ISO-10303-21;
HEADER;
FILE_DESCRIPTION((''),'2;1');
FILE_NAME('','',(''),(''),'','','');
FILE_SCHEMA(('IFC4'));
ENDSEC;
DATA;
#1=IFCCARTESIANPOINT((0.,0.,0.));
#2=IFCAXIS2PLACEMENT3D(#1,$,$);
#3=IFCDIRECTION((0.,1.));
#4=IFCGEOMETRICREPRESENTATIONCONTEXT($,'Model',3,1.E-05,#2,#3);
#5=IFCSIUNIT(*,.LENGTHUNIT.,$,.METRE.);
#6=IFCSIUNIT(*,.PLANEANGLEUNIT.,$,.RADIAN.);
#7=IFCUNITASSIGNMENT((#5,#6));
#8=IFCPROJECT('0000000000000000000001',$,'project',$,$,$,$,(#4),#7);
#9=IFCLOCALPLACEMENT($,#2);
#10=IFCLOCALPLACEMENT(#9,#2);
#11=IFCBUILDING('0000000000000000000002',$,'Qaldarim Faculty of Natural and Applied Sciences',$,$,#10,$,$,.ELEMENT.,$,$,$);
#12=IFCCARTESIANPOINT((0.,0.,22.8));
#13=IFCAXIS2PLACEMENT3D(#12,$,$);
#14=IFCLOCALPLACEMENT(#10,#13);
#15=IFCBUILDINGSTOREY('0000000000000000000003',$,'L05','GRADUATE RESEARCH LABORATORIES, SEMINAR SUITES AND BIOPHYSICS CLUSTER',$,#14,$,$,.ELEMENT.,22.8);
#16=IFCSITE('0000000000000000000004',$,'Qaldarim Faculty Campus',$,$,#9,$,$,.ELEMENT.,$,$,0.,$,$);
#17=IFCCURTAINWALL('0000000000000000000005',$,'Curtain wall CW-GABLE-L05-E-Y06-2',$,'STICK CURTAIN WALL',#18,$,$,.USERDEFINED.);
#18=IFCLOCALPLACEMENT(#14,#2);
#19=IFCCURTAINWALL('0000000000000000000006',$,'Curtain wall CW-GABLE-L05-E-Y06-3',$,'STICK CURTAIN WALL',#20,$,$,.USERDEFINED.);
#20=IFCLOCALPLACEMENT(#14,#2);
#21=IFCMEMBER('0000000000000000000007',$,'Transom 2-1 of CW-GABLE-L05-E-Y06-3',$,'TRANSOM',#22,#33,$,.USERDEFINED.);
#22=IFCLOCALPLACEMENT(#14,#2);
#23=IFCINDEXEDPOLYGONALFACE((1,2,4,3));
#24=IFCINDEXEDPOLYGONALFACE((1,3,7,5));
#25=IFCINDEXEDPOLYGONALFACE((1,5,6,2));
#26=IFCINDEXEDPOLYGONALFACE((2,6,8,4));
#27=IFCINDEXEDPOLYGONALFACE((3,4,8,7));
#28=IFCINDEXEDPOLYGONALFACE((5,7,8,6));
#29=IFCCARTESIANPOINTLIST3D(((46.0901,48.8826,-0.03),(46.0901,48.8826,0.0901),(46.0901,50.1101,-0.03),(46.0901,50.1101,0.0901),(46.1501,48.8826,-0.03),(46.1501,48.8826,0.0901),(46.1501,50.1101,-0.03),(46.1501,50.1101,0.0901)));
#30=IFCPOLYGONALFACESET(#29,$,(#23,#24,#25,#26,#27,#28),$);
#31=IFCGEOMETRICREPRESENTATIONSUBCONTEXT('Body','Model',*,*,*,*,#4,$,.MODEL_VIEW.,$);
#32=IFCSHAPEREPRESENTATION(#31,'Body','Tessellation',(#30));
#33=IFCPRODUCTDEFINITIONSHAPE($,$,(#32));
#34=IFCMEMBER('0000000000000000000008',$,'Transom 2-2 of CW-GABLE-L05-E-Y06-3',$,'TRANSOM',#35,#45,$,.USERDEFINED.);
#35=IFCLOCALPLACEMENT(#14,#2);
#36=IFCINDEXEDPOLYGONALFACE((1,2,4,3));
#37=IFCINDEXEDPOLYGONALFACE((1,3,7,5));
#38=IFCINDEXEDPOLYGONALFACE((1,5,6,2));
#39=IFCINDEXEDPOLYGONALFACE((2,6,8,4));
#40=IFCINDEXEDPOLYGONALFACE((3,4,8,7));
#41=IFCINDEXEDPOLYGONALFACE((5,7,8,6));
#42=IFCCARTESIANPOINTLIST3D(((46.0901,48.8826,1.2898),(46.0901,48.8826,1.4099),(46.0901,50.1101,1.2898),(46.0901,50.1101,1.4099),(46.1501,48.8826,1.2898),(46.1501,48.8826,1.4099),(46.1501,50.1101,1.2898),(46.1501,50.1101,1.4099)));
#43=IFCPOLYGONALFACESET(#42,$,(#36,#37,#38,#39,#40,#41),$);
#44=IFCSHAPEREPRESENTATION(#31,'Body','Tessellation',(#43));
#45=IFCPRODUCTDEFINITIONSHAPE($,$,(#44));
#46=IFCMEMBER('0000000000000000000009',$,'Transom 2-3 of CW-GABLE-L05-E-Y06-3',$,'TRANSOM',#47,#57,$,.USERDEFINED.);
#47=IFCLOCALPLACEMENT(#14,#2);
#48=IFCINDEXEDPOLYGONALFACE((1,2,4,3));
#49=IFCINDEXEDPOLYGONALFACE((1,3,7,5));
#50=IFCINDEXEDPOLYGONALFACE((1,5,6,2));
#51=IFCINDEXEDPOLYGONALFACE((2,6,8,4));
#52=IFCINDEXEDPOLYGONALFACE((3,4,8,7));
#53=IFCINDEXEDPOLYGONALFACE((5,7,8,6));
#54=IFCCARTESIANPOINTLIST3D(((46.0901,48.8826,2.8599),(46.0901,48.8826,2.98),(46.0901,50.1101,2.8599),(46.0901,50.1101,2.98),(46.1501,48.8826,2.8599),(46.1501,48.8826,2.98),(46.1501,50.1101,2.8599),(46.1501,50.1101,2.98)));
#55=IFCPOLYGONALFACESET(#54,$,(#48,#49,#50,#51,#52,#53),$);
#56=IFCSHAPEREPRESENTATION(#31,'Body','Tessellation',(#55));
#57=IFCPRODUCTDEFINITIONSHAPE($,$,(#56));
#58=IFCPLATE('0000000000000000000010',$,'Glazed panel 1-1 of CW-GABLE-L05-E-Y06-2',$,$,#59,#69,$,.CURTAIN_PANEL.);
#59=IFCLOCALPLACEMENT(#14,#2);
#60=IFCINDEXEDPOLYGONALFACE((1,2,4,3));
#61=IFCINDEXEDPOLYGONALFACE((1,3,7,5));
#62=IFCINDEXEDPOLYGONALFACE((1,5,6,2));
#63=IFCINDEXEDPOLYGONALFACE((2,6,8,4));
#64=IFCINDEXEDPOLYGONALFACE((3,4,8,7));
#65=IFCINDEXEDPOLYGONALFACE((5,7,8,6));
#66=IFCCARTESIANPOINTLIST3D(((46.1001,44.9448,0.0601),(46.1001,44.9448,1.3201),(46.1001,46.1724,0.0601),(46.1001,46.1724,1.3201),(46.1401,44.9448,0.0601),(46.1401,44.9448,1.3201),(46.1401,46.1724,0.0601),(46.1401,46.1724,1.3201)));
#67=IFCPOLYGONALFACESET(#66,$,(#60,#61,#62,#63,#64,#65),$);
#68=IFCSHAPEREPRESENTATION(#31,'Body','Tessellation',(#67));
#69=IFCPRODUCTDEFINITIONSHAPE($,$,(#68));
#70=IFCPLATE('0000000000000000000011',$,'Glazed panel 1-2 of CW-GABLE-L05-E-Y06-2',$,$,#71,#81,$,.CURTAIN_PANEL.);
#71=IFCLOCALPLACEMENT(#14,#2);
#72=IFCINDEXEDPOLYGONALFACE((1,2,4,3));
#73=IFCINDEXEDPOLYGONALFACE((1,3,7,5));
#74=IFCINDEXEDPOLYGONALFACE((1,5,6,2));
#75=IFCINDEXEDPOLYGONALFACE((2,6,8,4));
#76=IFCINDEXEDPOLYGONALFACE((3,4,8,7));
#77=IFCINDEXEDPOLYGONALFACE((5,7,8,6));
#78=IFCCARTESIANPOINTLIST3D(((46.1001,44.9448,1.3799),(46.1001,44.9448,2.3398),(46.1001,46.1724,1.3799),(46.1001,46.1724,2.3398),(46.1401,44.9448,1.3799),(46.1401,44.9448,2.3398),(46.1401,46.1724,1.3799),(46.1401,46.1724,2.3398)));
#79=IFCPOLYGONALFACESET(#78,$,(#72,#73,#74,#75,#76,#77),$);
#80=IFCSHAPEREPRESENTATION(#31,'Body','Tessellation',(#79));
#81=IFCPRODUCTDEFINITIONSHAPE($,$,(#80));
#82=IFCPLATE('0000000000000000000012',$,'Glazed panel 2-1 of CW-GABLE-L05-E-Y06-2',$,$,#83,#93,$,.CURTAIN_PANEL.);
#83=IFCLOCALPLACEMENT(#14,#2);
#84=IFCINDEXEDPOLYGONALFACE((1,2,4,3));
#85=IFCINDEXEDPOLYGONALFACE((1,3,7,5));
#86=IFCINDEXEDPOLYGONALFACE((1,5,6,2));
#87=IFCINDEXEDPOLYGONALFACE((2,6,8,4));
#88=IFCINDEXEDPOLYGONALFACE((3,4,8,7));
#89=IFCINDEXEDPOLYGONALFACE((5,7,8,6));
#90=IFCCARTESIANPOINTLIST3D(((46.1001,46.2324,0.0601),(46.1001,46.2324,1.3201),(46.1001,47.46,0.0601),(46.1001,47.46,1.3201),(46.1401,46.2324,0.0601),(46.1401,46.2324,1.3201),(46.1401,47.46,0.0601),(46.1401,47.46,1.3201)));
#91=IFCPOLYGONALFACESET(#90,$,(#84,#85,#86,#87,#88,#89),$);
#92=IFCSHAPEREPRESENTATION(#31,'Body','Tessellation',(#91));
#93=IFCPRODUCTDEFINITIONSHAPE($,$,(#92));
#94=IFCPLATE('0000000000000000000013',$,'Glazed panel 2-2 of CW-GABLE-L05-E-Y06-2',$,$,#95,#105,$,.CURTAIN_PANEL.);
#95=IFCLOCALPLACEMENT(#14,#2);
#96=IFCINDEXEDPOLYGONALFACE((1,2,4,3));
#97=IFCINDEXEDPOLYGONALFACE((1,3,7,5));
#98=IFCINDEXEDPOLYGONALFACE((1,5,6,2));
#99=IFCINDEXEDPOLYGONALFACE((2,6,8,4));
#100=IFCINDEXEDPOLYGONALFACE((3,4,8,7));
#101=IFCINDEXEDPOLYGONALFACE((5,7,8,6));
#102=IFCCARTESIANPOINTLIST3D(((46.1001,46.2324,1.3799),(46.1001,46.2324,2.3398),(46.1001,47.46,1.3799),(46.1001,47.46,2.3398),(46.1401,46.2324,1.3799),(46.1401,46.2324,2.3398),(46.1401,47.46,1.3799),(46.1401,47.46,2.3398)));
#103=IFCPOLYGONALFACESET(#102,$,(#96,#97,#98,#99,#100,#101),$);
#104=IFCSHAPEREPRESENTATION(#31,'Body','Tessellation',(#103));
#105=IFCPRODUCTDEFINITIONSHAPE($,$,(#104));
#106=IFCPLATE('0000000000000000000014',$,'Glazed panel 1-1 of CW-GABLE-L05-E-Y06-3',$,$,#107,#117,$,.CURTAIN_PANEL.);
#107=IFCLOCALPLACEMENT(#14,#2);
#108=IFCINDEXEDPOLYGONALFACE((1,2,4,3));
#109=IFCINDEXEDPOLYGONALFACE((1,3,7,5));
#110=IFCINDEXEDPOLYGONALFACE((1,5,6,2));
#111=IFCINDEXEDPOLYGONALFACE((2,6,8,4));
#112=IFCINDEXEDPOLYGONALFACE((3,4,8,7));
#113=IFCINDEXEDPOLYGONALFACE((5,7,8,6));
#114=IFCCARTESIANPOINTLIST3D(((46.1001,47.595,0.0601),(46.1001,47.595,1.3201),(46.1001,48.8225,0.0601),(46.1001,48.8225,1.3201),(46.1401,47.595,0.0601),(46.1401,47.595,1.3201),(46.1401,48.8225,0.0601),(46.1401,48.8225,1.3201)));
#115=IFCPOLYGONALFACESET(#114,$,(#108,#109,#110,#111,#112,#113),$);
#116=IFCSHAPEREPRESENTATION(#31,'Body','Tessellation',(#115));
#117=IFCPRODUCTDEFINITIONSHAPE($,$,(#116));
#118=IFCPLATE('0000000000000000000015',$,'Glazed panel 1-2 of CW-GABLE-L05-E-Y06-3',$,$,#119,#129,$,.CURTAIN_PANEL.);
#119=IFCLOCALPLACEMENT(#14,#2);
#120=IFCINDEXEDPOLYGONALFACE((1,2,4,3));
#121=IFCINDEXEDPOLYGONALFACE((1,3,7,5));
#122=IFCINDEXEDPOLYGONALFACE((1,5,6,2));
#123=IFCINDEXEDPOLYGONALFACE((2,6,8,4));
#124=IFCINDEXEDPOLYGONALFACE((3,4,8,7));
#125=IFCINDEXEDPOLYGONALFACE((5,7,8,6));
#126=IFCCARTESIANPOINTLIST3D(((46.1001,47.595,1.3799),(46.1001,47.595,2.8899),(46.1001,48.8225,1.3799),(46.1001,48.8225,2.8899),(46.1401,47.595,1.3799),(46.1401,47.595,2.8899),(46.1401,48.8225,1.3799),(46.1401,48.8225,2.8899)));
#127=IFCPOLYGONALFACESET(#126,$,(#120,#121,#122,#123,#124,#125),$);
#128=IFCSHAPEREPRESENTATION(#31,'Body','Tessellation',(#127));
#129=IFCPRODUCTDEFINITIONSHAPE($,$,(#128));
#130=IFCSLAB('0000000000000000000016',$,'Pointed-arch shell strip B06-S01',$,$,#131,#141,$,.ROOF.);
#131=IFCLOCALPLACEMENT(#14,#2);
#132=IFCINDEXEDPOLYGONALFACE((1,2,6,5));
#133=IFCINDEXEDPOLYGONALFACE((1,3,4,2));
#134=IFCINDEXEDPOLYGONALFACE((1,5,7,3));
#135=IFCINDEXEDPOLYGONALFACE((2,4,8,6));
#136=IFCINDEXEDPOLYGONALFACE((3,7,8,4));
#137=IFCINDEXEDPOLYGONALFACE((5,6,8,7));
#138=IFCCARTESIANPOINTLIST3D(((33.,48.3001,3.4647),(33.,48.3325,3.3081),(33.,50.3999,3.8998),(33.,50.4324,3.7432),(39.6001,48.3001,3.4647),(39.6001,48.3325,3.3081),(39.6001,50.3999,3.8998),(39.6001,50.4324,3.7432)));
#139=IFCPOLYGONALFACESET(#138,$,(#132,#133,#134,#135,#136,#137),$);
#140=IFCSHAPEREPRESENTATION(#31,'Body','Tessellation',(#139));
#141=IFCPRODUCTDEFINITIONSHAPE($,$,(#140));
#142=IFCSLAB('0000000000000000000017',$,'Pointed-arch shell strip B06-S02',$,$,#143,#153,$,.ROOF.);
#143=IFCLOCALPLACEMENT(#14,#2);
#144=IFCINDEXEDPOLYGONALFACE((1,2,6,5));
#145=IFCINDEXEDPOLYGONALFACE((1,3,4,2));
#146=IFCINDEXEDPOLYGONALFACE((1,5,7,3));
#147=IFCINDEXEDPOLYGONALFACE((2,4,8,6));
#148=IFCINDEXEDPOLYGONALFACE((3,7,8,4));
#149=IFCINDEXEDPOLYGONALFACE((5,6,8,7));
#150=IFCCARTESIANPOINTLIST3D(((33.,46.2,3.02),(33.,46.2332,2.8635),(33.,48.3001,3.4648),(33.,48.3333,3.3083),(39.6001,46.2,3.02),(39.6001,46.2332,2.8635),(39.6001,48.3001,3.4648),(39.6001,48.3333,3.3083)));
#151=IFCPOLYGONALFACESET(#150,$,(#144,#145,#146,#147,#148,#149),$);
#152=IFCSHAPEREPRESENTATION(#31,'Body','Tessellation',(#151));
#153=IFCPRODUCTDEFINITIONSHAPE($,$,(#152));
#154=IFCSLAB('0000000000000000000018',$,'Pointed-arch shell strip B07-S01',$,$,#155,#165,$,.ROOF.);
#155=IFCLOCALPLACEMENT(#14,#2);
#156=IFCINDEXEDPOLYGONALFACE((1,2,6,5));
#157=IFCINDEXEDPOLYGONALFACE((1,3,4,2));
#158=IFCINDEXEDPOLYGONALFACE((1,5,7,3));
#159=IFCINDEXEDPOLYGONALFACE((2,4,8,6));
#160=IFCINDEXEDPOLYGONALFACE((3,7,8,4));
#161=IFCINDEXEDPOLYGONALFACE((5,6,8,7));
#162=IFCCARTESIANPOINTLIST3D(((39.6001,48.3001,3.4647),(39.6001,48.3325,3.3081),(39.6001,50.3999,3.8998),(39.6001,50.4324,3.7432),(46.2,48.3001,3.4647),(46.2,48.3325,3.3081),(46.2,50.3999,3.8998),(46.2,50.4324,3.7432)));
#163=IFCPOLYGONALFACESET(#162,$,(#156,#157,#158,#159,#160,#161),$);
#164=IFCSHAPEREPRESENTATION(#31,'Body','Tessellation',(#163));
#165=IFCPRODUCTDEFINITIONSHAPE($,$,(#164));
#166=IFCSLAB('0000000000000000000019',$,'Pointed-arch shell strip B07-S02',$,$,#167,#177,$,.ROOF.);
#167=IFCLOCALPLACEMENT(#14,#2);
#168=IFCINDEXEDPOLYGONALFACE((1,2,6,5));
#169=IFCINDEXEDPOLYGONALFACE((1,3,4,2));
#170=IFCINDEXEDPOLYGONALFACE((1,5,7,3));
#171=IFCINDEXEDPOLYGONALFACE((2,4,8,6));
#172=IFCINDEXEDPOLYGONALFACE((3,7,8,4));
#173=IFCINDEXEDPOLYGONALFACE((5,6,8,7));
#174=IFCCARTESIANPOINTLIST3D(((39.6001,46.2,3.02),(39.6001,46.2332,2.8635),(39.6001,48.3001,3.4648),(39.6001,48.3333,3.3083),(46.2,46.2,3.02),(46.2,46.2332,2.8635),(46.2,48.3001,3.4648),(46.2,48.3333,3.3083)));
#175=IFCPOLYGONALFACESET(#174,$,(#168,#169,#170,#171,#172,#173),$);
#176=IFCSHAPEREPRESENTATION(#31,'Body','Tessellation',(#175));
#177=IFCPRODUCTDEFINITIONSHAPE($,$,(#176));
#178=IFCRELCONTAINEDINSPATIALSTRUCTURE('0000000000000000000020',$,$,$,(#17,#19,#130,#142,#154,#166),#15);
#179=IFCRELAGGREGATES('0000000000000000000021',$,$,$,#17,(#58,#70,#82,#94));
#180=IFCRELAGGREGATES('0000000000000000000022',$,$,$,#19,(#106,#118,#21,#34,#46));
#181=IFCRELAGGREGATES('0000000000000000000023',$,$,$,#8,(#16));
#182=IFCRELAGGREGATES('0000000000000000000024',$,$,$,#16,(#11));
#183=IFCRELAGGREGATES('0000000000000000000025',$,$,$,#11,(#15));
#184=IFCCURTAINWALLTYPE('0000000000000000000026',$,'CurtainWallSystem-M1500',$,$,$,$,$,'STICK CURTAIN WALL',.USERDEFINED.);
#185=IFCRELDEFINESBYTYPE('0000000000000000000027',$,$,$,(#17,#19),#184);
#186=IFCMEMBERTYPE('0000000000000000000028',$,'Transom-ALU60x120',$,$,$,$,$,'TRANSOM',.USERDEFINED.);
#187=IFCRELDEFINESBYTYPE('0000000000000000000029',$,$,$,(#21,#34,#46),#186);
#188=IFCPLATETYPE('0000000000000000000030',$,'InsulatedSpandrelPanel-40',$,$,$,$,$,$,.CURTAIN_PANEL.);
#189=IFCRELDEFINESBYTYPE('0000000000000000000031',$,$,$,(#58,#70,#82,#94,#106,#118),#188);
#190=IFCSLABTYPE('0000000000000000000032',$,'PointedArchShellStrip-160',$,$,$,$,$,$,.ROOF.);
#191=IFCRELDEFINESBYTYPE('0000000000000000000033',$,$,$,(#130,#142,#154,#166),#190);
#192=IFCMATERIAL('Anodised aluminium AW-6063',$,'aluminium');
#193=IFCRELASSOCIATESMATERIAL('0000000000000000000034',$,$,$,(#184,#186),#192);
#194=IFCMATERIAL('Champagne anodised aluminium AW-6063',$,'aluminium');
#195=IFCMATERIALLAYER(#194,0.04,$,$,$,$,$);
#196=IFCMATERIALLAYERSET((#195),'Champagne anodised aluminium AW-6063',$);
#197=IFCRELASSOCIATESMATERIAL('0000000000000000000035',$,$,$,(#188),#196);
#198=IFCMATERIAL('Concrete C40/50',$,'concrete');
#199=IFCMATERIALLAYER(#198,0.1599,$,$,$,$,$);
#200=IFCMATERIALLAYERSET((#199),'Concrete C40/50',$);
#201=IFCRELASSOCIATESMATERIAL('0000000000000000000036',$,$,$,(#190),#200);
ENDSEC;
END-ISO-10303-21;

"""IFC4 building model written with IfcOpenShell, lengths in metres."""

from ifc_helpers import new_model, si_unit, direction, frame, origin, origin_2d, place, context, subcontext, project, spatial, polyline, rectangle, outline, extrude, material, layer, layer_set, material_profile, profile_set, type_object, element, aggregate, save


model = new_model("IFC4")

# Units and contexts
model_context = context("Model", 3, precision=1e-05, world=origin(), true_north=direction((0.0, 1.0)))
body_context = subcontext(model_context, "Body", "Model", "MODEL_VIEW")
ifc_project = project(units=[si_unit("LENGTHUNIT", "METRE"), si_unit("PLANEANGLEUNIT", "RADIAN")], contexts=[model_context])

# Site, building, storey
site_placement = place(None, origin())
site = spatial("IfcSite", under=ifc_project, at=site_placement, Name="Qaldarim Faculty Campus", CompositionType="ELEMENT", RefElevation=0.0)
building_placement = place(site_placement, origin())
building = spatial("IfcBuilding", under=site, at=building_placement, Name="Qaldarim Faculty of Natural and Applied Sciences", CompositionType="ELEMENT")
storey_placement = place(building_placement, frame((0.0, 0.0, 22.8)))
storey = spatial("IfcBuildingStorey", under=building, at=storey_placement, Name="L05", Description="GRADUATE RESEARCH LABORATORIES, SEMINAR SUITES AND BIOPHYSICS CLUSTER", CompositionType="ELEMENT", Elevation=22.8)

# Curtain walls
ifc_material_1 = material(Name="Anodised aluminium AW-6063", Category="aluminium")
curtain_wall_type = type_object("IfcCurtainWallType", Name="CurtainWallSystem-M1500", ElementType="STICK CURTAIN WALL", PredefinedType="USERDEFINED", material=ifc_material_1)
curtain_wall_1_placement = place(storey_placement, origin())
curtain_wall_1 = element("IfcCurtainWall", 1, at=curtain_wall_1_placement, inside=storey, type_object=curtain_wall_type, Name="Curtain wall CW-GABLE-L05-E-Y06-2", ObjectType="STICK CURTAIN WALL", PredefinedType="USERDEFINED")
curtain_wall_2_placement = place(storey_placement, origin())
curtain_wall_2 = element("IfcCurtainWall", 2, at=curtain_wall_2_placement, inside=storey, type_object=curtain_wall_type, Name="Curtain wall CW-GABLE-L05-E-Y06-3", ObjectType="STICK CURTAIN WALL", PredefinedType="USERDEFINED")

# Members
ifc_material_profile_1 = material_profile(ifc_material_1, rectangle(XDim=0.0601, YDim=0.1201, at=origin_2d()), Name="ALU-T60x120")
ifc_profile_set_1 = profile_set([ifc_material_profile_1], Name="Anodised aluminium AW-6063")
member_type_1 = type_object("IfcMemberType", Name="Transom-ALU60x120", ElementType="TRANSOM", PredefinedType="USERDEFINED", material=ifc_profile_set_1)
member_1_placement = place(storey_placement, frame((46.1201, 48.8826, 0.03), z_axis=(0.0, 1.0, 0.0), x_axis=(-1.0, 0.0, 0.0)))
member_1 = element("IfcMember", 3, at=member_1_placement, type_object=member_type_1, Name="Transom 2-1 of CW-GABLE-L05-E-Y06-3", ObjectType="TRANSOM", PredefinedType="USERDEFINED", context=body_context, shape_type="SweptSolid", body=[
    extrude(rectangle(XDim=0.0601, YDim=0.1201, at=origin_2d()), origin(), (0.0, 0.0, 1.0), 1.2275),
])
member_2_placement = place(storey_placement, frame((46.1201, 48.8826, 1.3499), z_axis=(0.0, 1.0, 0.0), x_axis=(-1.0, 0.0, 0.0)))
member_2 = element("IfcMember", 4, at=member_2_placement, type_object=member_type_1, Name="Transom 2-2 of CW-GABLE-L05-E-Y06-3", ObjectType="TRANSOM", PredefinedType="USERDEFINED", context=body_context, shape_type="SweptSolid", body=[
    extrude(rectangle(XDim=0.0601, YDim=0.1201, at=origin_2d()), origin(), (0.0, 0.0, 1.0), 1.2275),
])
member_3_placement = place(storey_placement, frame((46.1201, 48.8826, 2.9199), z_axis=(0.0, 1.0, 0.0), x_axis=(-1.0, 0.0, 0.0)))
member_3 = element("IfcMember", 5, at=member_3_placement, type_object=member_type_1, Name="Transom 2-3 of CW-GABLE-L05-E-Y06-3", ObjectType="TRANSOM", PredefinedType="USERDEFINED", context=body_context, shape_type="SweptSolid", body=[
    extrude(rectangle(XDim=0.0601, YDim=0.1201, at=origin_2d()), origin(), (0.0, 0.0, 1.0), 1.2275),
])

# Plates
ifc_material_2 = material(Name="Champagne anodised aluminium AW-6063", Category="aluminium")
ifc_layer_1 = layer(ifc_material_2, 0.04)
ifc_layer_set_1 = layer_set([ifc_layer_1], Name="Champagne anodised aluminium AW-6063")
plate_type = type_object("IfcPlateType", Name="InsulatedSpandrelPanel-40", PredefinedType="CURTAIN_PANEL", material=ifc_layer_set_1)
plate_1_placement = place(storey_placement, frame((46.1201, 45.5586, 0.0601), z_axis=(0.0, 0.0, 1.0), x_axis=(0.0, 1.0, 0.0)))
plate_1 = element("IfcPlate", 6, at=plate_1_placement, type_object=plate_type, Name="Glazed panel 1-1 of CW-GABLE-L05-E-Y06-2", PredefinedType="CURTAIN_PANEL", context=body_context, shape_type="SweptSolid", body=[
    extrude(rectangle(XDim=1.2275, YDim=0.04, at=origin_2d()), origin(), (0.0, 0.0, 1.0), 1.26),
])
plate_2_placement = place(storey_placement, frame((46.1201, 45.5586, 1.3799), z_axis=(0.0, 0.0, 1.0), x_axis=(0.0, 1.0, 0.0)))
plate_2 = element("IfcPlate", 7, at=plate_2_placement, type_object=plate_type, Name="Glazed panel 1-2 of CW-GABLE-L05-E-Y06-2", PredefinedType="CURTAIN_PANEL", context=body_context, shape_type="SweptSolid", body=[
    extrude(rectangle(XDim=1.2275, YDim=0.04, at=origin_2d()), origin(), (0.0, 0.0, 1.0), 0.96),
])
plate_3_placement = place(storey_placement, frame((46.1201, 46.8462, 0.0601), z_axis=(0.0, 0.0, 1.0), x_axis=(0.0, 1.0, 0.0)))
plate_3 = element("IfcPlate", 8, at=plate_3_placement, type_object=plate_type, Name="Glazed panel 2-1 of CW-GABLE-L05-E-Y06-2", PredefinedType="CURTAIN_PANEL", context=body_context, shape_type="SweptSolid", body=[
    extrude(rectangle(XDim=1.2275, YDim=0.04, at=origin_2d()), origin(), (0.0, 0.0, 1.0), 1.26),
])
plate_4_placement = place(storey_placement, frame((46.1201, 46.8462, 1.3799), z_axis=(0.0, 0.0, 1.0), x_axis=(0.0, 1.0, 0.0)))
plate_4 = element("IfcPlate", 9, at=plate_4_placement, type_object=plate_type, Name="Glazed panel 2-2 of CW-GABLE-L05-E-Y06-2", PredefinedType="CURTAIN_PANEL", context=body_context, shape_type="SweptSolid", body=[
    extrude(rectangle(XDim=1.2275, YDim=0.04, at=origin_2d()), origin(), (0.0, 0.0, 1.0), 0.96),
])
aggregate(curtain_wall_1, [plate_1, plate_2, plate_3, plate_4])
plate_5_placement = place(storey_placement, frame((46.1201, 48.2087, 0.0601), z_axis=(0.0, 0.0, 1.0), x_axis=(0.0, 1.0, 0.0)))
plate_5 = element("IfcPlate", 10, at=plate_5_placement, type_object=plate_type, Name="Glazed panel 1-1 of CW-GABLE-L05-E-Y06-3", PredefinedType="CURTAIN_PANEL", context=body_context, shape_type="SweptSolid", body=[
    extrude(rectangle(XDim=1.2275, YDim=0.04, at=origin_2d()), origin(), (0.0, 0.0, 1.0), 1.26),
])
plate_6_placement = place(storey_placement, frame((46.1201, 48.2087, 1.3799), z_axis=(0.0, 0.0, 1.0), x_axis=(0.0, 1.0, 0.0)))
plate_6 = element("IfcPlate", 11, at=plate_6_placement, type_object=plate_type, Name="Glazed panel 1-2 of CW-GABLE-L05-E-Y06-3", PredefinedType="CURTAIN_PANEL", context=body_context, shape_type="SweptSolid", body=[
    extrude(rectangle(XDim=1.2275, YDim=0.04, at=origin_2d()), origin(), (0.0, 0.0, 1.0), 1.51),
])
aggregate(curtain_wall_2, [plate_5, plate_6, member_1, member_2, member_3])

# Slabs
ifc_material_3 = material(Name="Concrete C40/50", Category="concrete")
ifc_layer_2 = layer(ifc_material_3, 0.1599)
ifc_layer_set_2 = layer_set([ifc_layer_2], Name="Concrete C40/50")
slab_type = type_object("IfcSlabType", Name="PointedArchShellStrip-160", PredefinedType="ROOF", material=ifc_layer_set_2)
slab_1_placement = place(storey_placement, frame((33.0, 48.3325, 3.3081), z_axis=(0.0, -0.202877, 0.979204), x_axis=(1.0, 0.0, 0.0)))
element("IfcSlab", 12, at=slab_1_placement, inside=storey, type_object=slab_type, Name="Pointed-arch shell strip B06-S01", PredefinedType="ROOF", context=body_context, shape_type="SweptSolid", body=[
    extrude(outline(polyline([(0.0, 0.0), (6.6001, 0.0), (6.6001, 2.1444), (0.0, 2.1444), (0.0, 0.0)])), origin(), (0.0, 0.0, 1.0), 0.1599),
])
slab_2_placement = place(storey_placement, frame((33.0, 46.2332, 2.8635), z_axis=(0.0, -0.207214, 0.978296), x_axis=(1.0, 0.0, 0.0)))
element("IfcSlab", 13, at=slab_2_placement, inside=storey, type_object=slab_type, Name="Pointed-arch shell strip B06-S02", PredefinedType="ROOF", context=body_context, shape_type="SweptSolid", body=[
    extrude(outline(polyline([(0.0, 0.0), (6.6001, 0.0), (6.6001, 2.1467), (0.0, 2.1467), (0.0, 0.0)])), origin(), (0.0, 0.0, 1.0), 0.1599),
])
slab_3_placement = place(storey_placement, frame((39.6001, 48.3325, 3.3081), z_axis=(0.0, -0.202877, 0.979204), x_axis=(1.0, 0.0, 0.0)))
element("IfcSlab", 14, at=slab_3_placement, inside=storey, type_object=slab_type, Name="Pointed-arch shell strip B07-S01", PredefinedType="ROOF", context=body_context, shape_type="SweptSolid", body=[
    extrude(outline(polyline([(0.0, 0.0), (6.5999, 0.0), (6.5999, 2.1444), (0.0, 2.1444), (0.0, 0.0)])), origin(), (0.0, 0.0, 1.0), 0.1599),
])
slab_4_placement = place(storey_placement, frame((39.6001, 46.2332, 2.8635), z_axis=(0.0, -0.207214, 0.978296), x_axis=(1.0, 0.0, 0.0)))
element("IfcSlab", 15, at=slab_4_placement, inside=storey, type_object=slab_type, Name="Pointed-arch shell strip B07-S02", PredefinedType="ROOF", context=body_context, shape_type="SweptSolid", body=[
    extrude(outline(polyline([(0.0, 0.0), (6.5999, 0.0), (6.5999, 2.1467), (0.0, 2.1467), (0.0, 0.0)])), origin(), (0.0, 0.0, 1.0), 0.1599),
])

save(model, "model.ifc")
